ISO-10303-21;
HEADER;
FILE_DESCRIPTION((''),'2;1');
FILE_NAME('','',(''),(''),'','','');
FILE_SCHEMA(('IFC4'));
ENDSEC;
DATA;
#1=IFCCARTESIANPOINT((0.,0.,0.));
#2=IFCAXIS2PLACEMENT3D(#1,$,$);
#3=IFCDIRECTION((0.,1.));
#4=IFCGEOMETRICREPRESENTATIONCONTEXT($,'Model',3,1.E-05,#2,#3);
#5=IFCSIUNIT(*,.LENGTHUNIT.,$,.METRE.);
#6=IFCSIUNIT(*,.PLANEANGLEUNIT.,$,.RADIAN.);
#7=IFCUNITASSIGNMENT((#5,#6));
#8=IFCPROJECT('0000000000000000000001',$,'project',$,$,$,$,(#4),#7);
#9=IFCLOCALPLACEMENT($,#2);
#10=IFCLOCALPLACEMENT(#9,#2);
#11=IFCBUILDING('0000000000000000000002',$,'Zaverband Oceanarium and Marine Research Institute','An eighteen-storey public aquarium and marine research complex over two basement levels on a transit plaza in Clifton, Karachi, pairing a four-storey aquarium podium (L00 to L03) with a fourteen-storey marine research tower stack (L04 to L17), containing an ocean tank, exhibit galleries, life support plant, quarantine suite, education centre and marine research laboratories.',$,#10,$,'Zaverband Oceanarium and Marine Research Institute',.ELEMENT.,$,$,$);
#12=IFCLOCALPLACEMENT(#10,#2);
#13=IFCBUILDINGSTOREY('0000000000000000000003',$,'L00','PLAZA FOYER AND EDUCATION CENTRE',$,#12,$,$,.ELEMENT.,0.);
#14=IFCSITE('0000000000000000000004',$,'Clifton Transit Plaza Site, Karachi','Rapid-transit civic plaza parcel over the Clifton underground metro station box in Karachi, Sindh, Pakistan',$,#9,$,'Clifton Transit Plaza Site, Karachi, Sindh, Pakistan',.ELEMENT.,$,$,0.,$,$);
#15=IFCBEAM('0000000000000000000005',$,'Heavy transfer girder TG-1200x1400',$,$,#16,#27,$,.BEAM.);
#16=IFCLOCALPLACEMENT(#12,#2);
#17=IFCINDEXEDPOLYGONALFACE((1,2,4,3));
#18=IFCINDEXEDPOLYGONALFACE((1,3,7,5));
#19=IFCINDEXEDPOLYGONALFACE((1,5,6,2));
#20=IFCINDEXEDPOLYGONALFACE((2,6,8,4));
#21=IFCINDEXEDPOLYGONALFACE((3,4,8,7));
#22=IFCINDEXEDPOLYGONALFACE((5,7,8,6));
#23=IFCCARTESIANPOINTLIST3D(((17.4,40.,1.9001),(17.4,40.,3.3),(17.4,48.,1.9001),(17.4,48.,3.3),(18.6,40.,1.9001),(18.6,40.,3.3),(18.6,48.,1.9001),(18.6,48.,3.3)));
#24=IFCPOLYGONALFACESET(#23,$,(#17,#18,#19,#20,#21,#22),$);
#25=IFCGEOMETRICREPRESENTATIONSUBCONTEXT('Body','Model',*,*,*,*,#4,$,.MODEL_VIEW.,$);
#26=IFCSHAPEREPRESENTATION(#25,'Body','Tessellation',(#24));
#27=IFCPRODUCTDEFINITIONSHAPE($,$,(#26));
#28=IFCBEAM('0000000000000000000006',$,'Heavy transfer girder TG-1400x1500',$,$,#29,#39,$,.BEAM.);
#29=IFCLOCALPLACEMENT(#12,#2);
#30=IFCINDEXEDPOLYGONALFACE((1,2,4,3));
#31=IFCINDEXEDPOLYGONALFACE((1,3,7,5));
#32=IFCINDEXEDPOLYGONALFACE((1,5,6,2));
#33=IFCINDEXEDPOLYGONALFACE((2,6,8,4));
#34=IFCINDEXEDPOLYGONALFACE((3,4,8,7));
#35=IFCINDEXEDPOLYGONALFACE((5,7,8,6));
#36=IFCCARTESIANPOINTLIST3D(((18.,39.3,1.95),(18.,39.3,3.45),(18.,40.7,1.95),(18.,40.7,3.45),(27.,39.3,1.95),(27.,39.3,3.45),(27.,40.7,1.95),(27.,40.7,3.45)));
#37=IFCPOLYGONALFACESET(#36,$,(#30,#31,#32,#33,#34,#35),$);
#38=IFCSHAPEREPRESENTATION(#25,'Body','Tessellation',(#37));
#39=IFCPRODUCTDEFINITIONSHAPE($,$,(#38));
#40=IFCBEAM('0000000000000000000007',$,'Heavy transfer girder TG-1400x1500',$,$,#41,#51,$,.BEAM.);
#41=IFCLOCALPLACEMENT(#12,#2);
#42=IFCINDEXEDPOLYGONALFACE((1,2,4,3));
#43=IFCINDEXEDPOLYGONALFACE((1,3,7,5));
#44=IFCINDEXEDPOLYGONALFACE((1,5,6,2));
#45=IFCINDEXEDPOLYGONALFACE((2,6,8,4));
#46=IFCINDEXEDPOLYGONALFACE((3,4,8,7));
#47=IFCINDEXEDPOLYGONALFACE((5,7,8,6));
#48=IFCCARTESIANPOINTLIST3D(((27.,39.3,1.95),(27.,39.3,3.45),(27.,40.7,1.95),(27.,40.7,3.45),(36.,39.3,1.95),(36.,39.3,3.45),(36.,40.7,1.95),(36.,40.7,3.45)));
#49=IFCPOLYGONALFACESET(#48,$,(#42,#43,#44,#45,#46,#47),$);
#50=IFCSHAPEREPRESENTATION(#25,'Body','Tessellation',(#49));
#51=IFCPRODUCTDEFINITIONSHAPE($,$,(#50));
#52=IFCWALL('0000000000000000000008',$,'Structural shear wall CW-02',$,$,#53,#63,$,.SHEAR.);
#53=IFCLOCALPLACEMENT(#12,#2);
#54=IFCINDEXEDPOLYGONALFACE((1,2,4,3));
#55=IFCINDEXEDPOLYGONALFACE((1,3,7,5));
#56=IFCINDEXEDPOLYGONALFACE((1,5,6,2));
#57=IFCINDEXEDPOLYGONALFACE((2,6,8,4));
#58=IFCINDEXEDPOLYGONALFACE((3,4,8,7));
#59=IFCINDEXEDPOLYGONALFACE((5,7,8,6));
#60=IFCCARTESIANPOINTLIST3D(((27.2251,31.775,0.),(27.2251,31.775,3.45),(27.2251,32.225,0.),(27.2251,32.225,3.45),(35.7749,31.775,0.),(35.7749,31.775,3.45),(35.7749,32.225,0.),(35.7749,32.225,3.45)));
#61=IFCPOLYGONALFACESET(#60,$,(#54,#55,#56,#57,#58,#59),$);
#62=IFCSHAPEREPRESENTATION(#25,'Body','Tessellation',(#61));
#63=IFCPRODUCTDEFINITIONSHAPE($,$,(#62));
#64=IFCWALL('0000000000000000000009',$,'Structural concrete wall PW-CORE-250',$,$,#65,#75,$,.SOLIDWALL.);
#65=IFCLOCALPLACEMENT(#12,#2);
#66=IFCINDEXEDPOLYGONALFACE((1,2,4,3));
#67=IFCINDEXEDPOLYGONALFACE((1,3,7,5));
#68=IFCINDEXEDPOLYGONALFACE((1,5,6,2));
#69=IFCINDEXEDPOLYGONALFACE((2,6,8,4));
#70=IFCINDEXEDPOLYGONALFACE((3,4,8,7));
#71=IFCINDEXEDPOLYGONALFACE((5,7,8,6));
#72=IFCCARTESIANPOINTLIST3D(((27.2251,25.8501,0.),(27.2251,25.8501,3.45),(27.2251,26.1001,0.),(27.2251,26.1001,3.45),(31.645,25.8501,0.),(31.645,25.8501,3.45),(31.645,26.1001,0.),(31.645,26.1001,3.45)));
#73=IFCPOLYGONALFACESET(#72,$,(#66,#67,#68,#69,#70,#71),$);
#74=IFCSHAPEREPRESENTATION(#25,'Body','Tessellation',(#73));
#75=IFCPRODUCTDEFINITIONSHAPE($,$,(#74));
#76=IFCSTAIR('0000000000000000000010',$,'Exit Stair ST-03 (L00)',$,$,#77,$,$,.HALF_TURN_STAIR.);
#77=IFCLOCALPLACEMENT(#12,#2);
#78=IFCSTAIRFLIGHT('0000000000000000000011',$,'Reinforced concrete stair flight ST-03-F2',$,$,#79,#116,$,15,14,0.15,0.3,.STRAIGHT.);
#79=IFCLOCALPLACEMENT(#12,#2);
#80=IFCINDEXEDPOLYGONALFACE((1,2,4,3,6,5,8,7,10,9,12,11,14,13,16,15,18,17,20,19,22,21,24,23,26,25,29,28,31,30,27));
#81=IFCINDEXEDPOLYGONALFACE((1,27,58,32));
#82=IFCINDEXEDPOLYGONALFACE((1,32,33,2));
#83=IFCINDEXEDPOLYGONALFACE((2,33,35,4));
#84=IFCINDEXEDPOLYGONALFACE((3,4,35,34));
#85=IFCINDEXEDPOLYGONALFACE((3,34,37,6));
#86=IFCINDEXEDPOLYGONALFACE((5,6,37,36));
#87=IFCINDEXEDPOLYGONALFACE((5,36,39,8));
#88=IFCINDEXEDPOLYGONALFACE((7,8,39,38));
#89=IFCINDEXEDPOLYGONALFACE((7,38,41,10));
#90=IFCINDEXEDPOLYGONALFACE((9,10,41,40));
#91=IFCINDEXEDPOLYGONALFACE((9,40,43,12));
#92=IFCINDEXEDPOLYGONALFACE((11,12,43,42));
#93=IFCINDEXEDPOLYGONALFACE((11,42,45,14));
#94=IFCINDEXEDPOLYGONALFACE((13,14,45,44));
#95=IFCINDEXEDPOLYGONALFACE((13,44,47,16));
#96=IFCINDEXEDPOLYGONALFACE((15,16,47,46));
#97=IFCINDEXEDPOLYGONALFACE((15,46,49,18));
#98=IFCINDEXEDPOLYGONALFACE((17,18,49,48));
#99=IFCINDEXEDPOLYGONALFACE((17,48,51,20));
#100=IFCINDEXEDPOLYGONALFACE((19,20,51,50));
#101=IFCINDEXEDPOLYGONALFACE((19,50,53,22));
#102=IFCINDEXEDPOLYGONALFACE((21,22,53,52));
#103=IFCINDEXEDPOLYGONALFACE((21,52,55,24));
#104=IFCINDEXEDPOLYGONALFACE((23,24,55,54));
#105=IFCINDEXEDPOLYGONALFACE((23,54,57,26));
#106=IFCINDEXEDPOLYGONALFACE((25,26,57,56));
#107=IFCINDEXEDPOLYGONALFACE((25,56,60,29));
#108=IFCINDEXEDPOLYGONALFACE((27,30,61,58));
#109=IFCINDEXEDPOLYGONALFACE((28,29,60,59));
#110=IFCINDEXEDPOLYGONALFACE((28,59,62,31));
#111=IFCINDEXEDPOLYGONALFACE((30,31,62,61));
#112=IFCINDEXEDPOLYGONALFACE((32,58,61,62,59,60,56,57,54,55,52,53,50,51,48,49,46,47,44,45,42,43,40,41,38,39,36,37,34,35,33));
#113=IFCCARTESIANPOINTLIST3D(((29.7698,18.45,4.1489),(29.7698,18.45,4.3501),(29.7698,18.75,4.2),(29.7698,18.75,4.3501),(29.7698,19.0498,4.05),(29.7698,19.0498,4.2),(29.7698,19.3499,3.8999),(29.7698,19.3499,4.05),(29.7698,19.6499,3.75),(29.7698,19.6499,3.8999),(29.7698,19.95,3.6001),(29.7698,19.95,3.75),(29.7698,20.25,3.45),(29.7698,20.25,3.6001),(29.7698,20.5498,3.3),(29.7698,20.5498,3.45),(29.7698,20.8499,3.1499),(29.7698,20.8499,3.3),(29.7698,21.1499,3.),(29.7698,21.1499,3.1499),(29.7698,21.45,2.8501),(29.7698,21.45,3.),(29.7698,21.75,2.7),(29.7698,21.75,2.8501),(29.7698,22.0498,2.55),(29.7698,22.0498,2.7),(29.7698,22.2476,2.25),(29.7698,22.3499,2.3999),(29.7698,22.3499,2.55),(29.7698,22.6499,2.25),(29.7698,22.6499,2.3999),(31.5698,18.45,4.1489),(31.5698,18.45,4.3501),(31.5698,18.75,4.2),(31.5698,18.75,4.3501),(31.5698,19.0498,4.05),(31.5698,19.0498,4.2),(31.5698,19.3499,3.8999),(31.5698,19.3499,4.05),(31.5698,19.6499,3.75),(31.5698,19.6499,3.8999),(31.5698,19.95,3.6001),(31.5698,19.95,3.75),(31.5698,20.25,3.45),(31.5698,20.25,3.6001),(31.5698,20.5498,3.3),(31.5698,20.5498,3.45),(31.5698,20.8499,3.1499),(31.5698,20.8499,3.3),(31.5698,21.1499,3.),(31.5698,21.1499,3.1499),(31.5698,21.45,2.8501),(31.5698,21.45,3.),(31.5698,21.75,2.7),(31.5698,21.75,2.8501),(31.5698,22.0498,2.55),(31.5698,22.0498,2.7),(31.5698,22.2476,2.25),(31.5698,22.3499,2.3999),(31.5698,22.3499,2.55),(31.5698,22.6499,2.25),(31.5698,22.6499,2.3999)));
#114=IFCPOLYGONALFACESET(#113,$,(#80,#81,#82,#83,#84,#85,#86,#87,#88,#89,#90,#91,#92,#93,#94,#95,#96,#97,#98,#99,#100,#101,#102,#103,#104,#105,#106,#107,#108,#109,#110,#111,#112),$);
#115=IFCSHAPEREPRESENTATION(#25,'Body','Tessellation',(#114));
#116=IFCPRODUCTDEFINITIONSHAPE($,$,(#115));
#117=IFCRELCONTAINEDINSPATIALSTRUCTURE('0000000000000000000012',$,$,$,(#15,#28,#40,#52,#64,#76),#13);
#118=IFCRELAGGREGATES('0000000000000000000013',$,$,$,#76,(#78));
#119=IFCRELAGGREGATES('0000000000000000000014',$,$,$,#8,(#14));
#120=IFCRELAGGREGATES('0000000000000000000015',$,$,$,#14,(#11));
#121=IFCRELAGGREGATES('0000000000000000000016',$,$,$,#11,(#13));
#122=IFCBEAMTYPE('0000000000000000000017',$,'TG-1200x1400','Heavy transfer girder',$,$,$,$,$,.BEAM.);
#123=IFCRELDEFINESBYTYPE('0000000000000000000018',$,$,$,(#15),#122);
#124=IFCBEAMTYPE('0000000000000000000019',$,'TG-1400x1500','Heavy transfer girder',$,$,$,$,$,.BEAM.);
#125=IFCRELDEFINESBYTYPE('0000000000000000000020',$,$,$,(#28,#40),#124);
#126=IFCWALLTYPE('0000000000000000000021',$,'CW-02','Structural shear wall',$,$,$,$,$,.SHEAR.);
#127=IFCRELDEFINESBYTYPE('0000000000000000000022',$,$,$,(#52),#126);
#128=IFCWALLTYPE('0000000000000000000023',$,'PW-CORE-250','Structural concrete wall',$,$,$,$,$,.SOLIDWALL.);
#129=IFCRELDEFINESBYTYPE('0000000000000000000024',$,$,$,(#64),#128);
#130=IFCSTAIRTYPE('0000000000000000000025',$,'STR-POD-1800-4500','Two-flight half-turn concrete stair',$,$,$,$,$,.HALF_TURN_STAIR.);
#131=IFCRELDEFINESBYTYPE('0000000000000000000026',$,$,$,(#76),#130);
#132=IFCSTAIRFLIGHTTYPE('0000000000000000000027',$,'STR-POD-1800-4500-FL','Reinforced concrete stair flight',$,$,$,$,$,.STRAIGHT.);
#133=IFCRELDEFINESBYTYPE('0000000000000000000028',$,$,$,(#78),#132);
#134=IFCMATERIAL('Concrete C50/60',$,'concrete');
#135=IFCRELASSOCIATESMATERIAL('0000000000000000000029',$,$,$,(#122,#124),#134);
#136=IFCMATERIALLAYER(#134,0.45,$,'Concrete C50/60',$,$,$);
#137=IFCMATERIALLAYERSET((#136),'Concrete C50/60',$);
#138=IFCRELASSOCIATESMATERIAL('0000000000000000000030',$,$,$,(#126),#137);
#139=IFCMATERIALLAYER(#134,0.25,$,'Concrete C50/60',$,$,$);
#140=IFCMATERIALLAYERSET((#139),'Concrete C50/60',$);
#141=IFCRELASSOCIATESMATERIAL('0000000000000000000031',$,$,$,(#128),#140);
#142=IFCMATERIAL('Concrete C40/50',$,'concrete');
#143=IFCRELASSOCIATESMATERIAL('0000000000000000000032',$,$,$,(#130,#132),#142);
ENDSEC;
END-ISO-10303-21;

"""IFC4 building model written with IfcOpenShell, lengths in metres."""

from ifc_helpers import new_model, si_unit, direction, frame, frame_2d, origin, origin_2d, place, context, subcontext, project, spatial, polyline, rectangle, outline, extrude, material, layer, layer_set, material_profile, profile_set, type_object, element, aggregate, save


model = new_model("IFC4")

# Units and contexts
model_context = context("Model", 3, precision=1e-05, world=origin(), true_north=direction((0.0, 1.0)))
body_context = subcontext(model_context, "Body", "Model", "MODEL_VIEW")
ifc_project = project(units=[si_unit("LENGTHUNIT", "METRE"), si_unit("PLANEANGLEUNIT", "RADIAN")], contexts=[model_context])

# Site, building, storey
site_placement = place(None, origin())
site = spatial("IfcSite", under=ifc_project, at=site_placement, Name="Clifton Transit Plaza Site, Karachi", Description="Rapid-transit civic plaza parcel over the Clifton underground metro station box in Karachi, Sindh, Pakistan", LongName="Clifton Transit Plaza Site, Karachi, Sindh, Pakistan", CompositionType="ELEMENT", RefElevation=0.0)
building_placement = place(site_placement, origin())
building = spatial("IfcBuilding", under=site, at=building_placement, Name="Zaverband Oceanarium and Marine Research Institute", Description="An eighteen-storey public aquarium and marine research complex over two basement levels on a transit plaza in Clifton, Karachi, pairing a four-storey aquarium podium (L00 to L03) with a fourteen-storey marine research tower stack (L04 to L17), containing an ocean tank, exhibit galleries, life support plant, quarantine suite, education centre and marine research laboratories.", LongName="Zaverband Oceanarium and Marine Research Institute", CompositionType="ELEMENT")
storey_placement = place(building_placement, origin())
storey = spatial("IfcBuildingStorey", under=building, at=storey_placement, Name="L00", Description="PLAZA FOYER AND EDUCATION CENTRE", CompositionType="ELEMENT", Elevation=0.0)

# Shared definitions
ifc_material_1 = material(Name="Concrete C50/60", Category="concrete")

# Beams
ifc_material_2 = material(Name="Concrete C40/50", Category="concrete")
ifc_material_profile_1 = material_profile(ifc_material_1, rectangle(XDim=1.2, YDim=1.3999, at=origin_2d()), Name="RC1200x1400")
ifc_profile_set_1 = profile_set([ifc_material_profile_1], Name="Concrete C50/60")
beam_type_1 = type_object("IfcBeamType", Name="TG-1200x1400", Description="Heavy transfer girder", PredefinedType="BEAM", material=ifc_profile_set_1)
beam_placement = place(storey_placement, frame((18.0, 40.0, 2.6001), z_axis=(0.0, 1.0, 0.0), x_axis=(-1.0, 0.0, 0.0)))
element("IfcBeam", 1, at=beam_placement, inside=storey, type_object=beam_type_1, Name="Heavy transfer girder TG-1200x1400", PredefinedType="BEAM", context=body_context, shape_type="SweptSolid", body=[
    extrude(rectangle(XDim=1.2, YDim=1.3999, at=origin_2d()), origin(), (0.0, 0.0, 1.0), 8.0),
])
ifc_material_profile_2 = material_profile(ifc_material_1, rectangle(XDim=1.3999, YDim=1.5, at=origin_2d()), Name="RC1400x1500")
ifc_profile_set_2 = profile_set([ifc_material_profile_2], Name="Concrete C50/60")
beam_type_2 = type_object("IfcBeamType", Name="TG-1400x1500", Description="Heavy transfer girder", PredefinedType="BEAM", material=ifc_profile_set_2)
for number, where, z_axis, x_axis, name in (
    (2, (18.0, 40.0, 2.7), (1.0, 0.0, 0.0), (0.0, 1.0, 0.0), "Heavy transfer girder TG-1400x1500"),
    (3, (27.0, 40.0, 2.7), (1.0, 0.0, 0.0), (0.0, 1.0, 0.0), "Heavy transfer girder TG-1400x1500"),
):
    element("IfcBeam", number, at=place(storey_placement, frame(where, z_axis=z_axis, x_axis=x_axis)), inside=storey, type_object=beam_type_2, Name=name, PredefinedType="BEAM", context=body_context, shape_type="SweptSolid", body=[
        extrude(rectangle(XDim=1.3999, YDim=1.5, at=origin_2d()), origin(), (0.0, 0.0, 1.0), 9.0),
    ])

# Walls
ifc_layer_1 = layer(ifc_material_1, 0.45, Name="Concrete C50/60")
ifc_layer_set_1 = layer_set([ifc_layer_1], Name="Concrete C50/60")
wall_type_1 = type_object("IfcWallType", Name="CW-02", Description="Structural shear wall", PredefinedType="SHEAR", material=ifc_layer_set_1)
wall_1_placement = place(storey_placement, frame((27.2251, 32.0, 0.0), z_axis=(0.0, 0.0, 1.0), x_axis=(1.0, 0.0, 0.0)))
element("IfcWall", 4, at=wall_1_placement, inside=storey, type_object=wall_type_1, Name="Structural shear wall CW-02", PredefinedType="SHEAR", context=body_context, shape_type="SweptSolid", body=[
    extrude(rectangle(XDim=8.5498, YDim=0.45, at=frame_2d((4.2749, 0.0))), origin(), (0.0, 0.0, 1.0), 3.45),
])
ifc_layer_2 = layer(ifc_material_1, 0.25, Name="Concrete C50/60")
ifc_layer_set_2 = layer_set([ifc_layer_2], Name="Concrete C50/60")
wall_type_2 = type_object("IfcWallType", Name="PW-CORE-250", Description="Structural concrete wall", PredefinedType="SOLIDWALL", material=ifc_layer_set_2)
wall_2_placement = place(storey_placement, frame((27.2251, 25.9751, 0.0), z_axis=(0.0, 0.0, 1.0), x_axis=(1.0, 0.0, 0.0)))
element("IfcWall", 5, at=wall_2_placement, inside=storey, type_object=wall_type_2, Name="Structural concrete wall PW-CORE-250", PredefinedType="SOLIDWALL", context=body_context, shape_type="SweptSolid", body=[
    extrude(rectangle(XDim=4.4199, YDim=0.25, at=frame_2d((2.21, 0.0))), origin(), (0.0, 0.0, 1.0), 3.45),
])

# Stair, stair flight
stair_type = type_object("IfcStairType", Name="STR-POD-1800-4500", Description="Two-flight half-turn concrete stair", PredefinedType="HALF_TURN_STAIR", material=ifc_material_2)
stair_placement = place(storey_placement, origin())
stair = element("IfcStair", 6, at=stair_placement, inside=storey, type_object=stair_type, Name="Exit Stair ST-03 (L00)", PredefinedType="HALF_TURN_STAIR")
stair_flight_type = type_object("IfcStairFlightType", Name="STR-POD-1800-4500-FL", Description="Reinforced concrete stair flight", PredefinedType="STRAIGHT", material=ifc_material_2)
stair_flight_placement = place(storey_placement, frame((30.6699, 22.6499, 2.25), z_axis=(0.0, 0.0, 1.0), x_axis=(0.0, -1.0, 0.0)))
stair_flight = element("IfcStairFlight", 7, at=stair_flight_placement, type_object=stair_flight_type, Name="Reinforced concrete stair flight ST-03-F2", NumberOfRisers=15, NumberOfTreads=14, PredefinedType="STRAIGHT", RiserHeight=0.15, TreadLength=0.3, context=body_context, shape_type="SweptSolid", body=[
    extrude(outline(polyline([(0.0, 0.0), (0.0, 0.1499), (0.3, 0.1499), (0.3, 0.3), (0.6001, 0.3), (0.6001, 0.45), (0.8999, 0.45), (0.8999, 0.6001), (1.2, 0.6001), (1.2, 0.75), (1.5, 0.75), (1.5, 0.8999), (1.8, 0.8999), (1.8, 1.05), (2.1001, 1.05), (2.1001, 1.2), (2.3999, 1.2), (2.3999, 1.3501), (2.7, 1.3501), (2.7, 1.5), (3.0, 1.5), (3.0, 1.6499), (3.3, 1.6499), (3.3, 1.8), (3.6001, 1.8), (3.6001, 1.95), (3.8999, 1.95), (3.8999, 2.1001), (4.2, 2.1001), (4.2, 2.25), (4.2, 1.8989), (0.4023, 0.0), (0.0, 0.0)])), frame((0.0, 0.8999, 0.0), z_axis=(0.0, -1.0, 0.0), x_axis=(1.0, 0.0, 0.0)), (0.0, 0.0, 1.0), 1.8),
])
aggregate(stair, [stair_flight])

save(model, "model.ifc")
